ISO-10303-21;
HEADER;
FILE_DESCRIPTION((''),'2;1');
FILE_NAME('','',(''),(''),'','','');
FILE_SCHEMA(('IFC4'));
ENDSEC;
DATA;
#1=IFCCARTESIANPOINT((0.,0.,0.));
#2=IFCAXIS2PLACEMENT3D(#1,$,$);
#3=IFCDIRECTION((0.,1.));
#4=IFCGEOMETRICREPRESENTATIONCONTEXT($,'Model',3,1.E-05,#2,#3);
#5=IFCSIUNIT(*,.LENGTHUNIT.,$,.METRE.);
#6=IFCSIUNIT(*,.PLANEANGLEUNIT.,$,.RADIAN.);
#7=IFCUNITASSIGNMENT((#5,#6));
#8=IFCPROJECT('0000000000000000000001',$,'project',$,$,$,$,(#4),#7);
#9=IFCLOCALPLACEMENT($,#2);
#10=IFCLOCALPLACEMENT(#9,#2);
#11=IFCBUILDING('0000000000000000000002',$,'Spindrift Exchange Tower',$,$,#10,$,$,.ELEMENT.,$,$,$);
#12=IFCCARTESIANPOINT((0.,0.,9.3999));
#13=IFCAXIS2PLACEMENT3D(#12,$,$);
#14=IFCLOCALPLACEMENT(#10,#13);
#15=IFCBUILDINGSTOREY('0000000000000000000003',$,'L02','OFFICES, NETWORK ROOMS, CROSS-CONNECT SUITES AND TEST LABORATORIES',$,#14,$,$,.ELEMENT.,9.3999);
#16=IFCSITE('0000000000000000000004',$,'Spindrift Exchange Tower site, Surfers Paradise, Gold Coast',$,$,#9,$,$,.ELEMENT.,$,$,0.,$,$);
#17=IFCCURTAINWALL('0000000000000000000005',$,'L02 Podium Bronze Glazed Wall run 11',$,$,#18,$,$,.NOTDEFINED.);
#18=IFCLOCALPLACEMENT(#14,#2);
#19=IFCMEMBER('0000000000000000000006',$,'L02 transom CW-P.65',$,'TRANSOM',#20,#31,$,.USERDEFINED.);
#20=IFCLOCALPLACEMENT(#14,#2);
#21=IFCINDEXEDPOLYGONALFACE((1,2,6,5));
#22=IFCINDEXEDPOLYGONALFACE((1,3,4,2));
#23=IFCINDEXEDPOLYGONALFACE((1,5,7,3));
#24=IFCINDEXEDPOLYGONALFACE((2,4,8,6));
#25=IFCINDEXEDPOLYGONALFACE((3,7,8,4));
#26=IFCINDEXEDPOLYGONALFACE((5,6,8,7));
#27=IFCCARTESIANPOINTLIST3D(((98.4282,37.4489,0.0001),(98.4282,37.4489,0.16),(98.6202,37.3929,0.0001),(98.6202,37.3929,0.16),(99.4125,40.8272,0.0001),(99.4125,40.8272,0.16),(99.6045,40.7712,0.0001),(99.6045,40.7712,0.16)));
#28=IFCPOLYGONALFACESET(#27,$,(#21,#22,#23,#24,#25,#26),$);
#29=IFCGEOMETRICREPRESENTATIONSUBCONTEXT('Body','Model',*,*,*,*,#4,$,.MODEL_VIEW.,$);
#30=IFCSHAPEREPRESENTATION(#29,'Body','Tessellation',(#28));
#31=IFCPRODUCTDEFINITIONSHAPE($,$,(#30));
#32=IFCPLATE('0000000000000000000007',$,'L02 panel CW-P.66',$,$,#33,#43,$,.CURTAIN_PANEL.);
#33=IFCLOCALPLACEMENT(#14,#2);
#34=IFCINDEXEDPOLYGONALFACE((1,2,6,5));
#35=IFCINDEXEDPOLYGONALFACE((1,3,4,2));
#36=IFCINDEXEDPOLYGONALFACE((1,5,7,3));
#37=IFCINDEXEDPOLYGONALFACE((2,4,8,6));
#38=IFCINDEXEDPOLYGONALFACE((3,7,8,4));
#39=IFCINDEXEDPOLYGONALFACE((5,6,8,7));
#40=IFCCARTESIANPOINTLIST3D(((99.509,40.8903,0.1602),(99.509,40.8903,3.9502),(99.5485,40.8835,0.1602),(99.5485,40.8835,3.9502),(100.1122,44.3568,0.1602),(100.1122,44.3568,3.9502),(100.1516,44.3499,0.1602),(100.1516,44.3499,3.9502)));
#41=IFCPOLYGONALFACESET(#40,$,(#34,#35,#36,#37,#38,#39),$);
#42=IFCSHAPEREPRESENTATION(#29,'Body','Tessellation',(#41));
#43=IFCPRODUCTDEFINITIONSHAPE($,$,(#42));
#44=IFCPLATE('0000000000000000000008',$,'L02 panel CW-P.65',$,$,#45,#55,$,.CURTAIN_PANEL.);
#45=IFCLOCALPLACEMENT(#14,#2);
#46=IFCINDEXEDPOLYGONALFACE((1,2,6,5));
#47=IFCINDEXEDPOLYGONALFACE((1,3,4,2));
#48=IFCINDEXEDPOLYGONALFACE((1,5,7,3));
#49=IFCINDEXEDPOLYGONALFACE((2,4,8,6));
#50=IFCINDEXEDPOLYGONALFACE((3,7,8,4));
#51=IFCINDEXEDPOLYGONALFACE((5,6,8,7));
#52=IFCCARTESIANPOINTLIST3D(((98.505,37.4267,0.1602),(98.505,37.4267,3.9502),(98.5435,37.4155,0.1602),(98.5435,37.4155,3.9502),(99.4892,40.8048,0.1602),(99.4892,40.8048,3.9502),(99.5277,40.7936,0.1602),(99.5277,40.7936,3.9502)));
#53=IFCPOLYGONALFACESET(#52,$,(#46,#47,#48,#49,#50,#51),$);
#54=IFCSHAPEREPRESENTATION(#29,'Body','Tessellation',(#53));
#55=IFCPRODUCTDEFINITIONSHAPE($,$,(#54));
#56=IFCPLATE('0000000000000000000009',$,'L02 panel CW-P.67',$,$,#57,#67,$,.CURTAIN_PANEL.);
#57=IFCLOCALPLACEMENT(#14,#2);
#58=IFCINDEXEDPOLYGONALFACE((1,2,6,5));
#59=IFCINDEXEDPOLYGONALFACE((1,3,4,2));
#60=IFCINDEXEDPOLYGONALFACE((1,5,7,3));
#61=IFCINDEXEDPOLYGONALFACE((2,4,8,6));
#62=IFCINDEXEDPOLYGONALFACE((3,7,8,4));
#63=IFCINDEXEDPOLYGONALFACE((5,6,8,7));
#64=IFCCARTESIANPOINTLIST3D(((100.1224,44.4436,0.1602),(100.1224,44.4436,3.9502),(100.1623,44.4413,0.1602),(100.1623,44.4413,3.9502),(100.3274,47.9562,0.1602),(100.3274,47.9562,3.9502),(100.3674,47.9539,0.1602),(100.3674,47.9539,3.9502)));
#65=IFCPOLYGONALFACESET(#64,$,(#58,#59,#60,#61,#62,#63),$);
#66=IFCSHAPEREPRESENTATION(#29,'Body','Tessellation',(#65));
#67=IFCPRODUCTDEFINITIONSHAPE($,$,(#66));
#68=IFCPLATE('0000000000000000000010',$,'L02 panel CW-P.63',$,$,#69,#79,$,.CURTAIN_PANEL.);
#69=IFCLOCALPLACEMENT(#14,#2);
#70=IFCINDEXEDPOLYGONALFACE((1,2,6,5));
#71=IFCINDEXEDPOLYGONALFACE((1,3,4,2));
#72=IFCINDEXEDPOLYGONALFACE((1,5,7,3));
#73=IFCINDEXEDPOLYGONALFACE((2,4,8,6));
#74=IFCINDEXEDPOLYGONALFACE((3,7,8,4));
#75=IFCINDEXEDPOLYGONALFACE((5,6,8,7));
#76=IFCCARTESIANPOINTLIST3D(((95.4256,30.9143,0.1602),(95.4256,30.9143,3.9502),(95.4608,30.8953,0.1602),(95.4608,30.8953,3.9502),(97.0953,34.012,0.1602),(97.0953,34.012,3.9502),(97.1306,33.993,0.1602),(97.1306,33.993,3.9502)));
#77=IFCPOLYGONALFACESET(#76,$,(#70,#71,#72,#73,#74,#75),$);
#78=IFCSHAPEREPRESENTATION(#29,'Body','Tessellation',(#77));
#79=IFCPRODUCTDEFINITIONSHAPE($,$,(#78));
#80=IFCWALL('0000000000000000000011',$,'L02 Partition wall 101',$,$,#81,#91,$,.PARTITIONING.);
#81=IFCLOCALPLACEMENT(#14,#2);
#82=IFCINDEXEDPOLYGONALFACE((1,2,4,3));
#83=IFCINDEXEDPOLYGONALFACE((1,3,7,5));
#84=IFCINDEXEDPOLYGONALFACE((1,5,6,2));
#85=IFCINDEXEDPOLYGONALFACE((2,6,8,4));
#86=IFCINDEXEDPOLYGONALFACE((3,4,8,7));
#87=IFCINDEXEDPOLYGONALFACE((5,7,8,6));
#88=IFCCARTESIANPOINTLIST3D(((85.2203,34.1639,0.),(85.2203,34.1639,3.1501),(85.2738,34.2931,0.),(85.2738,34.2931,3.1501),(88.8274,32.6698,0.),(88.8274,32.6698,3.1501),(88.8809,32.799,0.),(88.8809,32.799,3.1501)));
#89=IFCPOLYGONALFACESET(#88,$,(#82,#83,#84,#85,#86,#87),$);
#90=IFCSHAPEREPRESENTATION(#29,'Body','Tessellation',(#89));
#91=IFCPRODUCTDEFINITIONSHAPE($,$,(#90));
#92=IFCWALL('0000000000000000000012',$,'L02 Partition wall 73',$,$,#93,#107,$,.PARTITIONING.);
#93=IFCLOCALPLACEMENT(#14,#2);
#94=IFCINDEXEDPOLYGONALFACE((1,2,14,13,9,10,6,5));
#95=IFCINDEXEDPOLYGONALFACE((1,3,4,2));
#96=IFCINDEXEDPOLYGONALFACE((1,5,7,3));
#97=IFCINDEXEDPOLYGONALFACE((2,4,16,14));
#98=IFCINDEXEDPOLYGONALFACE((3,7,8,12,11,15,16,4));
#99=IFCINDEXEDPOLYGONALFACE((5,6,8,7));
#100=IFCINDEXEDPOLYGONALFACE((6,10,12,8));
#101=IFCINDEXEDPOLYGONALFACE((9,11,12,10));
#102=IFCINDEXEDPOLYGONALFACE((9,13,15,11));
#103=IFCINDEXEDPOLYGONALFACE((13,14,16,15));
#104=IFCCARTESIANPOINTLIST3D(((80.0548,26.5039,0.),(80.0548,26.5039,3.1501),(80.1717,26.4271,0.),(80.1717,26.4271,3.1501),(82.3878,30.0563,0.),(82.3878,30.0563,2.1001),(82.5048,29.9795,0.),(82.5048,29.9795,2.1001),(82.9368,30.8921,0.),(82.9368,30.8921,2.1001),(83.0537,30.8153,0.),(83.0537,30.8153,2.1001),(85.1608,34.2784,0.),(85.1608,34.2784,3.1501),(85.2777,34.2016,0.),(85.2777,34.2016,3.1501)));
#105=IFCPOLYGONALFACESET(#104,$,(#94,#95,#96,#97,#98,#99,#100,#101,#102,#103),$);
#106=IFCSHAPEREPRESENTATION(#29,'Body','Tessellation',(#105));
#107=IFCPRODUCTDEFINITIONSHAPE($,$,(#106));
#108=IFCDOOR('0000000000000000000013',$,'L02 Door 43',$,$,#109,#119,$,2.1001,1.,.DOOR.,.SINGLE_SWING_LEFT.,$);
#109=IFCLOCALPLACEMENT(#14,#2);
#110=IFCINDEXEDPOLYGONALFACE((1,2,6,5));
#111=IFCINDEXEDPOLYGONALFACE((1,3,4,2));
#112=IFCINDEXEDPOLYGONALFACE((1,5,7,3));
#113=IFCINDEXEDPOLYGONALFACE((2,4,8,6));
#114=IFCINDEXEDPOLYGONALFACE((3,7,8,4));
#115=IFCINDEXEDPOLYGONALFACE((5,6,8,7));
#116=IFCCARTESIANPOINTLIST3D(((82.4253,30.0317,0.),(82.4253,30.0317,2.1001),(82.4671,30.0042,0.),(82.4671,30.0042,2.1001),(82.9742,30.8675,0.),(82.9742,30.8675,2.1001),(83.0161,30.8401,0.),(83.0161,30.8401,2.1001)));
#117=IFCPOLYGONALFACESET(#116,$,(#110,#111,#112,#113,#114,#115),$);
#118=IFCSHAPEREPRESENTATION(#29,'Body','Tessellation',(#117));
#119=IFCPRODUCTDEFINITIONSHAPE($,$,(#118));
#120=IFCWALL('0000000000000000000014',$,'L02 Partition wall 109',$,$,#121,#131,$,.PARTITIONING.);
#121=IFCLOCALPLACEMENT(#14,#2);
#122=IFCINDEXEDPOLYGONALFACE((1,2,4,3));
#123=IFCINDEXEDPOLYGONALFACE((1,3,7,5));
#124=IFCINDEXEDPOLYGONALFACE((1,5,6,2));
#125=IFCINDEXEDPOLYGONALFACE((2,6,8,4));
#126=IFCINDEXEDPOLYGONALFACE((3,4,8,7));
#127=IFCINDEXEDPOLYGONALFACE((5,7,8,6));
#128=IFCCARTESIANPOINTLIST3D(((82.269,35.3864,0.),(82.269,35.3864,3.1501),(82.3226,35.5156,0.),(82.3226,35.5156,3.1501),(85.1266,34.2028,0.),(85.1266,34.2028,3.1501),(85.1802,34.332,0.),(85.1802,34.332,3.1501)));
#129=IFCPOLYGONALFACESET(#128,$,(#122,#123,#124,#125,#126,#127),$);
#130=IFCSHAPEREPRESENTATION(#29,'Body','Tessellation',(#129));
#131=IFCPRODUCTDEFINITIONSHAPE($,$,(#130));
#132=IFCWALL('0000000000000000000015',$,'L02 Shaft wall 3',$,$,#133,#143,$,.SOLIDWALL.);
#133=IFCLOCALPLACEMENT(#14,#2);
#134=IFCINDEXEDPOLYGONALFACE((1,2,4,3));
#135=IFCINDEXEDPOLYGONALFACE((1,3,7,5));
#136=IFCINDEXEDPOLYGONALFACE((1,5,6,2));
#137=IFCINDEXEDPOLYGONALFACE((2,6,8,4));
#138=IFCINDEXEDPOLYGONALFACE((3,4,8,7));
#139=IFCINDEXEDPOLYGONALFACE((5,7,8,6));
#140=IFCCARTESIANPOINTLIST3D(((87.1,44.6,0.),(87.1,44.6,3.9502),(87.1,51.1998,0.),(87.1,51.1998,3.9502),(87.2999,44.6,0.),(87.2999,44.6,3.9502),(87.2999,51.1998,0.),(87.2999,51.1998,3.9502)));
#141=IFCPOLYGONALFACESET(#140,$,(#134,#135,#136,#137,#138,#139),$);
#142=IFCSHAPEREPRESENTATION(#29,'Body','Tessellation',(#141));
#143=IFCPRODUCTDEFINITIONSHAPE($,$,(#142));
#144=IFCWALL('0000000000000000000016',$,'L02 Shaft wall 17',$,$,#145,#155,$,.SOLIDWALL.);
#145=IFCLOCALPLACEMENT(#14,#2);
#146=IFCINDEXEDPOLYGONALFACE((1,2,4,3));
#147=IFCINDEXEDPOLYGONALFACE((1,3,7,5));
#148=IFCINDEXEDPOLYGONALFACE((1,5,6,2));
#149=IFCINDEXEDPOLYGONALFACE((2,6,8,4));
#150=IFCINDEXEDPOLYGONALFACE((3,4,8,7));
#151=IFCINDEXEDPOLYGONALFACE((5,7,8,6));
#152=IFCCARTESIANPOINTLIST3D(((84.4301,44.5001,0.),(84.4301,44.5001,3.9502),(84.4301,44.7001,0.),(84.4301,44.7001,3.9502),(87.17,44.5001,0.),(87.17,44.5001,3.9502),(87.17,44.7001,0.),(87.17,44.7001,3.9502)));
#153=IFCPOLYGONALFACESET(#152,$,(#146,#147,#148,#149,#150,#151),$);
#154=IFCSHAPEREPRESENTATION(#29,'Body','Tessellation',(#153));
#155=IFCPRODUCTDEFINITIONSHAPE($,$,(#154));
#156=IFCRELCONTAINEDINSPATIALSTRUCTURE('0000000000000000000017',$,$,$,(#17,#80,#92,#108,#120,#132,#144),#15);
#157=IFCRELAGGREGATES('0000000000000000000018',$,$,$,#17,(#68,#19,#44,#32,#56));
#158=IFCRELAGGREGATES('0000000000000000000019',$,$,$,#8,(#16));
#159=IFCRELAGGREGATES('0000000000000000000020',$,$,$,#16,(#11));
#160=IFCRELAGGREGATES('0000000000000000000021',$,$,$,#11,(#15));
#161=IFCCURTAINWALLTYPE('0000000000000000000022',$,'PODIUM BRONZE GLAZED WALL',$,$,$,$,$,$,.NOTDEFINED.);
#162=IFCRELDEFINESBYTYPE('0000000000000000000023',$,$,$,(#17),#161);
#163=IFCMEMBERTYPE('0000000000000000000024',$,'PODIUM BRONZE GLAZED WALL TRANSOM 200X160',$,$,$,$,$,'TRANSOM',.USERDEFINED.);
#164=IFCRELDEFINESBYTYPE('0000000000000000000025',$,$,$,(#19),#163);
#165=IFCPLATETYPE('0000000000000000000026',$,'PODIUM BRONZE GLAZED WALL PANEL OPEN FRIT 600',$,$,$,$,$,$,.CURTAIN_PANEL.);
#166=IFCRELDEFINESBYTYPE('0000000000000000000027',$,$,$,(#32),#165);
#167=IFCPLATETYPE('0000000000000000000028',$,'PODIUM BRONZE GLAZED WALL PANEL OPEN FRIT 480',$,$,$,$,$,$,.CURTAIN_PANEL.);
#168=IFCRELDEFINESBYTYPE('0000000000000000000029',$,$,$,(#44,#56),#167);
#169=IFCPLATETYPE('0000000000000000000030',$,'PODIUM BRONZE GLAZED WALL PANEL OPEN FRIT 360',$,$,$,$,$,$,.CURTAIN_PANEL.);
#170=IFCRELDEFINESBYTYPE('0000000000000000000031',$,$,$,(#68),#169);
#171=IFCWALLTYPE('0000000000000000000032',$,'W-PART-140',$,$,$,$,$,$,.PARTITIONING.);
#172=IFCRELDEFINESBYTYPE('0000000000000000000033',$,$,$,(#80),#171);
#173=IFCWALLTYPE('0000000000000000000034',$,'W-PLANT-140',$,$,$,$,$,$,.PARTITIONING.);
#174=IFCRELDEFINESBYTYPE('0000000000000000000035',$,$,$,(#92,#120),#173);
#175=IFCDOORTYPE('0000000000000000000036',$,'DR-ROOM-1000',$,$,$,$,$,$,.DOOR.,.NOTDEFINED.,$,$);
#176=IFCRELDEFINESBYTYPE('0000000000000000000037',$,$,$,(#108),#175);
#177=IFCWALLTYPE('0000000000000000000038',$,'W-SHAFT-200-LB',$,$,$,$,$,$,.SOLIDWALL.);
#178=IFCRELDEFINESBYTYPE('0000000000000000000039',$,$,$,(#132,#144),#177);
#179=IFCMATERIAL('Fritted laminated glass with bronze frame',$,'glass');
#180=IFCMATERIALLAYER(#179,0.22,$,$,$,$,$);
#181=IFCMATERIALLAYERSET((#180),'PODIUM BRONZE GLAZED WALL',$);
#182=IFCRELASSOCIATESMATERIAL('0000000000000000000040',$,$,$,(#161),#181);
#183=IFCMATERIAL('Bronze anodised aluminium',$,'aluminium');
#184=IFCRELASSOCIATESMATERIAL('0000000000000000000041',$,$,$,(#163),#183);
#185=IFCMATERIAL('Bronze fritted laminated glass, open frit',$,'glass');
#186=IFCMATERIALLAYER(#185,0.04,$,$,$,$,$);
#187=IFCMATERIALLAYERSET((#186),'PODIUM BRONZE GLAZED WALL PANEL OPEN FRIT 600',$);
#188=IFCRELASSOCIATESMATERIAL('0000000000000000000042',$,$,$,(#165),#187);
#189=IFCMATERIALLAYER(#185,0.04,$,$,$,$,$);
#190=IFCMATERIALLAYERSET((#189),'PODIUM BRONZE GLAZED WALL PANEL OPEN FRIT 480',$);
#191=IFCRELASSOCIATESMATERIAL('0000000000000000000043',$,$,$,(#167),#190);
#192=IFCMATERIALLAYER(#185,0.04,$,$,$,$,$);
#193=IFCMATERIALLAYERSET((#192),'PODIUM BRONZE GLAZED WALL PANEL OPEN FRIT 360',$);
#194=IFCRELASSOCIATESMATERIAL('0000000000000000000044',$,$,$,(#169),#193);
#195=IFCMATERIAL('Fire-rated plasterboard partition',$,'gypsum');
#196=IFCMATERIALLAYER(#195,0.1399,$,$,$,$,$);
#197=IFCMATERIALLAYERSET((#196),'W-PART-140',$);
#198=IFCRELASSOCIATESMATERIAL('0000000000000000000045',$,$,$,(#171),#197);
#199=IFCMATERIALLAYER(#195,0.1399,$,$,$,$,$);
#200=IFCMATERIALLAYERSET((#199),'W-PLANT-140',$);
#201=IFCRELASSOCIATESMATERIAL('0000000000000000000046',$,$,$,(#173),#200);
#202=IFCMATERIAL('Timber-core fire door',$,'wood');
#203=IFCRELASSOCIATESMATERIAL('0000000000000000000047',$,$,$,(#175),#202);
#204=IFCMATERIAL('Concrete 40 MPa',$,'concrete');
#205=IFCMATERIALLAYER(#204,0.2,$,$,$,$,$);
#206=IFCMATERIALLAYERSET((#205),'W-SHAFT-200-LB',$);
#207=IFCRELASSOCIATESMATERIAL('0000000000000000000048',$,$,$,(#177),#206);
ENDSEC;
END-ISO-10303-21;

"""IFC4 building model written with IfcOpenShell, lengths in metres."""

from ifc_helpers import new_model, si_unit, direction, frame, frame_2d, origin, origin_2d, place, context, subcontext, project, spatial, rectangle, extrude, source, transform, mapped, material, layer, layer_set, material_profile, profile_set, type_object, element, fill, aggregate, save


model = new_model("IFC4")

# Units and contexts
model_context = context("Model", 3, precision=1e-05, world=origin(), true_north=direction((0.0, 1.0)))
body_context = subcontext(model_context, "Body", "Model", "MODEL_VIEW")
ifc_project = project(units=[si_unit("LENGTHUNIT", "METRE"), si_unit("PLANEANGLEUNIT", "RADIAN")], contexts=[model_context])

# Site, building, storey
site_placement = place(None, origin())
site = spatial("IfcSite", under=ifc_project, at=site_placement, Name="Spindrift Exchange Tower site, Surfers Paradise, Gold Coast", CompositionType="ELEMENT", RefElevation=0.0)
building_placement = place(site_placement, origin())
building = spatial("IfcBuilding", under=site, at=building_placement, Name="Spindrift Exchange Tower", CompositionType="ELEMENT")
storey_placement = place(building_placement, frame((0.0, 0.0, 9.3999)))
storey = spatial("IfcBuildingStorey", under=building, at=storey_placement, Name="L02", Description="OFFICES, NETWORK ROOMS, CROSS-CONNECT SUITES AND TEST LABORATORIES", CompositionType="ELEMENT", Elevation=9.3999)

# Curtain wall, member, plates
ifc_material_1 = material(Name="Fritted laminated glass with bronze frame", Category="glass")
ifc_layer_1 = layer(ifc_material_1, 0.22)
ifc_layer_set_1 = layer_set([ifc_layer_1], Name="PODIUM BRONZE GLAZED WALL")
curtain_wall_type = type_object("IfcCurtainWallType", Name="PODIUM BRONZE GLAZED WALL", PredefinedType="NOTDEFINED", material=ifc_layer_set_1)
curtain_wall_placement = place(storey_placement, origin())
curtain_wall = element("IfcCurtainWall", 1, at=curtain_wall_placement, inside=storey, type_object=curtain_wall_type, Name="L02 Podium Bronze Glazed Wall run 11", PredefinedType="NOTDEFINED")
ifc_material_2 = material(Name="Bronze anodised aluminium", Category="aluminium")
ifc_material_profile_1 = material_profile(ifc_material_2, rectangle(XDim=0.2, YDim=0.1599, at=origin_2d()), Name="PODIUM BRONZE GLAZED WALL TRANSOM 200X160")
ifc_profile_set_1 = profile_set([ifc_material_profile_1], Name="Bronze anodised aluminium")
member_type_1 = type_object("IfcMemberType", Name="PODIUM BRONZE GLAZED WALL TRANSOM 200X160", ElementType="TRANSOM", PredefinedType="USERDEFINED", material=ifc_profile_set_1)
shared_shape_1 = source(origin(), body_context, "Body", "SweptSolid", [
    extrude(rectangle(XDim=0.2, YDim=0.1599, at=origin_2d()), origin(), (0.0, 0.0, 1.0), 3.5188),
])
member_1_placement = place(storey_placement, frame((98.5242, 37.4209, 0.0801), z_axis=(0.279739, 0.960076, 0.0), x_axis=(-0.960076, 0.279739, 0.0)))
member_1 = element("IfcMember", 2, at=member_1_placement, type_object=member_type_1, Name="L02 transom CW-P.65", ObjectType="TRANSOM", PredefinedType="USERDEFINED", context=body_context, shape_type="MappedRepresentation", body=[
    mapped(shared_shape_1, transform((0.0, 0.0, 0.0), scale=1.0)),
])
ifc_material_3 = material(Name="Bronze fritted laminated glass, open frit", Category="glass")
ifc_layer_2 = layer(ifc_material_3, 0.04)
ifc_layer_set_2 = layer_set([ifc_layer_2], Name="PODIUM BRONZE GLAZED WALL PANEL OPEN FRIT 600")
plate_type_1 = type_object("IfcPlateType", Name="PODIUM BRONZE GLAZED WALL PANEL OPEN FRIT 600", PredefinedType="CURTAIN_PANEL", material=ifc_layer_set_2)
shared_shape_2 = source(origin(), body_context, "Body", "SweptSolid", [
    extrude(rectangle(XDim=3.5186, YDim=0.04, at=origin_2d()), origin(), (0.0, 0.0, 1.0), 3.79),
])
plate_1_placement = place(storey_placement, frame((99.8303, 42.6201, 0.1602), z_axis=(0.0, 0.0, 1.0), x_axis=(0.171427, 0.985197, 0.0)))
plate_1 = element("IfcPlate", 3, at=plate_1_placement, type_object=plate_type_1, Name="L02 panel CW-P.66", PredefinedType="CURTAIN_PANEL", context=body_context, shape_type="MappedRepresentation", body=[
    mapped(shared_shape_2, transform((0.0, 0.0, 0.0), scale=1.0)),
])
ifc_layer_3 = layer(ifc_material_3, 0.04)
ifc_layer_set_3 = layer_set([ifc_layer_3], Name="PODIUM BRONZE GLAZED WALL PANEL OPEN FRIT 480")
plate_type_2 = type_object("IfcPlateType", Name="PODIUM BRONZE GLAZED WALL PANEL OPEN FRIT 480", PredefinedType="CURTAIN_PANEL", material=ifc_layer_set_3)
shared_shape_3 = source(origin(), body_context, "Body", "SweptSolid", [
    extrude(rectangle(XDim=3.5186, YDim=0.04, at=origin_2d()), origin(), (0.0, 0.0, 1.0), 3.79),
])
plate_2_placement = place(storey_placement, frame((99.0164, 39.1101, 0.1602), z_axis=(0.0, 0.0, 1.0), x_axis=(0.279717, 0.960083, 0.0)))
plate_2 = element("IfcPlate", 4, at=plate_2_placement, type_object=plate_type_2, Name="L02 panel CW-P.65", PredefinedType="CURTAIN_PANEL", context=body_context, shape_type="MappedRepresentation", body=[
    mapped(shared_shape_3, transform((0.0, 0.0, 0.0), scale=1.0)),
])
plate_3_placement = place(storey_placement, frame((100.2449, 46.1987, 0.1602), z_axis=(0.0, 0.0, 1.0), x_axis=(0.058277, 0.9983, 0.0)))
plate_3 = element("IfcPlate", 5, at=plate_3_placement, type_object=plate_type_2, Name="L02 panel CW-P.67", PredefinedType="CURTAIN_PANEL", context=body_context, shape_type="MappedRepresentation", body=[
    mapped(shared_shape_3, transform((0.0, 0.0, 0.0), scale=1.0)),
])
ifc_layer_4 = layer(ifc_material_3, 0.04)
ifc_layer_set_4 = layer_set([ifc_layer_4], Name="PODIUM BRONZE GLAZED WALL PANEL OPEN FRIT 360")
plate_type_3 = type_object("IfcPlateType", Name="PODIUM BRONZE GLAZED WALL PANEL OPEN FRIT 360", PredefinedType="CURTAIN_PANEL", material=ifc_layer_set_4)
shared_shape_4 = source(origin(), body_context, "Body", "SweptSolid", [
    extrude(rectangle(XDim=3.519, YDim=0.04, at=origin_2d()), origin(), (0.0, 0.0, 1.0), 3.79),
])
plate_4_placement = place(storey_placement, frame((96.2781, 32.4536, 0.1602), z_axis=(0.0, 0.0, 1.0), x_axis=(0.474478, 0.880267, 0.0)))
plate_4 = element("IfcPlate", 6, at=plate_4_placement, type_object=plate_type_3, Name="L02 panel CW-P.63", PredefinedType="CURTAIN_PANEL", context=body_context, shape_type="MappedRepresentation", body=[
    mapped(shared_shape_4, transform((0.0, 0.0, 0.0), scale=1.0)),
])
aggregate(curtain_wall, [plate_4, member_1, plate_2, plate_1, plate_3])

# Wall
ifc_material_4 = material(Name="Fire-rated plasterboard partition", Category="gypsum")
ifc_layer_5 = layer(ifc_material_4, 0.1399)
ifc_layer_set_5 = layer_set([ifc_layer_5], Name="W-PART-140")
wall_type_1 = type_object("IfcWallType", Name="W-PART-140", PredefinedType="PARTITIONING", material=ifc_layer_set_5)
wall_1_placement = place(storey_placement, frame((85.2471, 34.2285, 0.0), z_axis=(0.0, 0.0, 1.0), x_axis=(0.92388, -0.382683, 0.0)))
element("IfcWall", 7, at=wall_1_placement, inside=storey, type_object=wall_type_1, Name="L02 Partition wall 101", PredefinedType="PARTITIONING", context=body_context, shape_type="SweptSolid", body=[
    extrude(rectangle(XDim=3.9043, YDim=0.1399, at=frame_2d((1.9521, 0.0))), origin(), (0.0, 0.0, 1.0), 3.1501),
])

# Wall, opening, door
ifc_layer_6 = layer(ifc_material_4, 0.1399)
ifc_layer_set_6 = layer_set([ifc_layer_6], Name="W-PLANT-140")
wall_type_2 = type_object("IfcWallType", Name="W-PLANT-140", PredefinedType="PARTITIONING", material=ifc_layer_set_6)
wall_2_placement = place(storey_placement, frame((85.2192, 34.24, 0.0), z_axis=(0.0, 0.0, 1.0), x_axis=(-0.548957, -0.835851, 0.0)))
wall_2 = element("IfcWall", 8, at=wall_2_placement, inside=storey, type_object=wall_type_2, Name="L02 Partition wall 73", PredefinedType="PARTITIONING", context=body_context, shape_type="SweptSolid", body=[
    extrude(rectangle(XDim=9.3013, YDim=0.1399, at=frame_2d((4.6506, 0.0))), origin(), (0.0, 0.0, 1.0), 3.1501),
])
opening_1_placement = place(wall_2_placement, frame((4.0513, 0.0, 0.0)))
opening_1 = element("IfcOpeningElement", 9, at=opening_1_placement, cuts=wall_2, PredefinedType="OPENING", context=body_context, shape_type="SweptSolid", body=[
    extrude(rectangle(XDim=1.0, YDim=2.1001, at=frame_2d((0.5, 1.05))), frame((0.0, 0.0798, 0.0), z_axis=(0.0, -1.0, 0.0), x_axis=(1.0, 0.0, 0.0)), (0.0, 0.0, 1.0), 0.1599),
])
ifc_material_5 = material(Name="Timber-core fire door", Category="wood")
door_type_1 = type_object("IfcDoorType", Name="DR-ROOM-1000", OperationType="NOTDEFINED", PredefinedType="DOOR", material=ifc_material_5)
shared_shape_5 = source(origin(), body_context, "Body", "SweptSolid", [
    extrude(rectangle(XDim=1.0, YDim=2.1001, at=frame_2d((0.5, 1.05))), frame((0.0, 0.0249, 0.0), z_axis=(0.0, -1.0, 0.0), x_axis=(1.0, 0.0, 0.0)), (0.0, 0.0, 1.0), 0.05),
])
door_1_placement = place(opening_1_placement, origin())
door_1 = element("IfcDoor", 10, at=door_1_placement, inside=storey, type_object=door_type_1, Name="L02 Door 43", OperationType="SINGLE_SWING_LEFT", OverallHeight=2.1001, OverallWidth=1.0, PredefinedType="DOOR", context=body_context, shape_type="MappedRepresentation", body=[
    mapped(shared_shape_5, transform((0.0, 0.0, 0.0), scale=1.0)),
])
fill(opening_1, door_1)

# Walls
wall_3_placement = place(storey_placement, frame((82.2959, 35.4509, 0.0), z_axis=(0.0, 0.0, 1.0), x_axis=(0.92389, -0.382659, 0.0)))
element("IfcWall", 11, at=wall_3_placement, inside=storey, type_object=wall_type_2, Name="L02 Partition wall 109", PredefinedType="PARTITIONING", context=body_context, shape_type="SweptSolid", body=[
    extrude(rectangle(XDim=3.093, YDim=0.1399, at=frame_2d((1.5464, 0.0))), origin(), (0.0, 0.0, 1.0), 3.1501),
])
ifc_material_6 = material(Name="Concrete 40 MPa", Category="concrete")
ifc_layer_7 = layer(ifc_material_6, 0.2)
ifc_layer_set_7 = layer_set([ifc_layer_7], Name="W-SHAFT-200-LB")
wall_type_3 = type_object("IfcWallType", Name="W-SHAFT-200-LB", PredefinedType="SOLIDWALL", material=ifc_layer_set_7)
wall_4_placement = place(storey_placement, frame((87.2, 44.6001, 0.0), z_axis=(0.0, 0.0, 1.0), x_axis=(0.0, 1.0, 0.0)))
element("IfcWall", 12, at=wall_4_placement, inside=storey, type_object=wall_type_3, Name="L02 Shaft wall 3", PredefinedType="SOLIDWALL", context=body_context, shape_type="SweptSolid", body=[
    extrude(rectangle(XDim=6.5999, YDim=0.2, at=frame_2d((3.2998, 0.0))), origin(), (0.0, 0.0, 1.0), 3.9502),
])
wall_5_placement = place(storey_placement, frame((84.4299, 44.6001, 0.0), z_axis=(0.0, 0.0, 1.0), x_axis=(1.0, 0.0, 0.0)))
element("IfcWall", 13, at=wall_5_placement, inside=storey, type_object=wall_type_3, Name="L02 Shaft wall 17", PredefinedType="SOLIDWALL", context=body_context, shape_type="SweptSolid", body=[
    extrude(rectangle(XDim=2.74, YDim=0.2, at=frame_2d((1.3701, 0.0))), origin(), (0.0, 0.0, 1.0), 3.9502),
])

save(model, "model.ifc")
